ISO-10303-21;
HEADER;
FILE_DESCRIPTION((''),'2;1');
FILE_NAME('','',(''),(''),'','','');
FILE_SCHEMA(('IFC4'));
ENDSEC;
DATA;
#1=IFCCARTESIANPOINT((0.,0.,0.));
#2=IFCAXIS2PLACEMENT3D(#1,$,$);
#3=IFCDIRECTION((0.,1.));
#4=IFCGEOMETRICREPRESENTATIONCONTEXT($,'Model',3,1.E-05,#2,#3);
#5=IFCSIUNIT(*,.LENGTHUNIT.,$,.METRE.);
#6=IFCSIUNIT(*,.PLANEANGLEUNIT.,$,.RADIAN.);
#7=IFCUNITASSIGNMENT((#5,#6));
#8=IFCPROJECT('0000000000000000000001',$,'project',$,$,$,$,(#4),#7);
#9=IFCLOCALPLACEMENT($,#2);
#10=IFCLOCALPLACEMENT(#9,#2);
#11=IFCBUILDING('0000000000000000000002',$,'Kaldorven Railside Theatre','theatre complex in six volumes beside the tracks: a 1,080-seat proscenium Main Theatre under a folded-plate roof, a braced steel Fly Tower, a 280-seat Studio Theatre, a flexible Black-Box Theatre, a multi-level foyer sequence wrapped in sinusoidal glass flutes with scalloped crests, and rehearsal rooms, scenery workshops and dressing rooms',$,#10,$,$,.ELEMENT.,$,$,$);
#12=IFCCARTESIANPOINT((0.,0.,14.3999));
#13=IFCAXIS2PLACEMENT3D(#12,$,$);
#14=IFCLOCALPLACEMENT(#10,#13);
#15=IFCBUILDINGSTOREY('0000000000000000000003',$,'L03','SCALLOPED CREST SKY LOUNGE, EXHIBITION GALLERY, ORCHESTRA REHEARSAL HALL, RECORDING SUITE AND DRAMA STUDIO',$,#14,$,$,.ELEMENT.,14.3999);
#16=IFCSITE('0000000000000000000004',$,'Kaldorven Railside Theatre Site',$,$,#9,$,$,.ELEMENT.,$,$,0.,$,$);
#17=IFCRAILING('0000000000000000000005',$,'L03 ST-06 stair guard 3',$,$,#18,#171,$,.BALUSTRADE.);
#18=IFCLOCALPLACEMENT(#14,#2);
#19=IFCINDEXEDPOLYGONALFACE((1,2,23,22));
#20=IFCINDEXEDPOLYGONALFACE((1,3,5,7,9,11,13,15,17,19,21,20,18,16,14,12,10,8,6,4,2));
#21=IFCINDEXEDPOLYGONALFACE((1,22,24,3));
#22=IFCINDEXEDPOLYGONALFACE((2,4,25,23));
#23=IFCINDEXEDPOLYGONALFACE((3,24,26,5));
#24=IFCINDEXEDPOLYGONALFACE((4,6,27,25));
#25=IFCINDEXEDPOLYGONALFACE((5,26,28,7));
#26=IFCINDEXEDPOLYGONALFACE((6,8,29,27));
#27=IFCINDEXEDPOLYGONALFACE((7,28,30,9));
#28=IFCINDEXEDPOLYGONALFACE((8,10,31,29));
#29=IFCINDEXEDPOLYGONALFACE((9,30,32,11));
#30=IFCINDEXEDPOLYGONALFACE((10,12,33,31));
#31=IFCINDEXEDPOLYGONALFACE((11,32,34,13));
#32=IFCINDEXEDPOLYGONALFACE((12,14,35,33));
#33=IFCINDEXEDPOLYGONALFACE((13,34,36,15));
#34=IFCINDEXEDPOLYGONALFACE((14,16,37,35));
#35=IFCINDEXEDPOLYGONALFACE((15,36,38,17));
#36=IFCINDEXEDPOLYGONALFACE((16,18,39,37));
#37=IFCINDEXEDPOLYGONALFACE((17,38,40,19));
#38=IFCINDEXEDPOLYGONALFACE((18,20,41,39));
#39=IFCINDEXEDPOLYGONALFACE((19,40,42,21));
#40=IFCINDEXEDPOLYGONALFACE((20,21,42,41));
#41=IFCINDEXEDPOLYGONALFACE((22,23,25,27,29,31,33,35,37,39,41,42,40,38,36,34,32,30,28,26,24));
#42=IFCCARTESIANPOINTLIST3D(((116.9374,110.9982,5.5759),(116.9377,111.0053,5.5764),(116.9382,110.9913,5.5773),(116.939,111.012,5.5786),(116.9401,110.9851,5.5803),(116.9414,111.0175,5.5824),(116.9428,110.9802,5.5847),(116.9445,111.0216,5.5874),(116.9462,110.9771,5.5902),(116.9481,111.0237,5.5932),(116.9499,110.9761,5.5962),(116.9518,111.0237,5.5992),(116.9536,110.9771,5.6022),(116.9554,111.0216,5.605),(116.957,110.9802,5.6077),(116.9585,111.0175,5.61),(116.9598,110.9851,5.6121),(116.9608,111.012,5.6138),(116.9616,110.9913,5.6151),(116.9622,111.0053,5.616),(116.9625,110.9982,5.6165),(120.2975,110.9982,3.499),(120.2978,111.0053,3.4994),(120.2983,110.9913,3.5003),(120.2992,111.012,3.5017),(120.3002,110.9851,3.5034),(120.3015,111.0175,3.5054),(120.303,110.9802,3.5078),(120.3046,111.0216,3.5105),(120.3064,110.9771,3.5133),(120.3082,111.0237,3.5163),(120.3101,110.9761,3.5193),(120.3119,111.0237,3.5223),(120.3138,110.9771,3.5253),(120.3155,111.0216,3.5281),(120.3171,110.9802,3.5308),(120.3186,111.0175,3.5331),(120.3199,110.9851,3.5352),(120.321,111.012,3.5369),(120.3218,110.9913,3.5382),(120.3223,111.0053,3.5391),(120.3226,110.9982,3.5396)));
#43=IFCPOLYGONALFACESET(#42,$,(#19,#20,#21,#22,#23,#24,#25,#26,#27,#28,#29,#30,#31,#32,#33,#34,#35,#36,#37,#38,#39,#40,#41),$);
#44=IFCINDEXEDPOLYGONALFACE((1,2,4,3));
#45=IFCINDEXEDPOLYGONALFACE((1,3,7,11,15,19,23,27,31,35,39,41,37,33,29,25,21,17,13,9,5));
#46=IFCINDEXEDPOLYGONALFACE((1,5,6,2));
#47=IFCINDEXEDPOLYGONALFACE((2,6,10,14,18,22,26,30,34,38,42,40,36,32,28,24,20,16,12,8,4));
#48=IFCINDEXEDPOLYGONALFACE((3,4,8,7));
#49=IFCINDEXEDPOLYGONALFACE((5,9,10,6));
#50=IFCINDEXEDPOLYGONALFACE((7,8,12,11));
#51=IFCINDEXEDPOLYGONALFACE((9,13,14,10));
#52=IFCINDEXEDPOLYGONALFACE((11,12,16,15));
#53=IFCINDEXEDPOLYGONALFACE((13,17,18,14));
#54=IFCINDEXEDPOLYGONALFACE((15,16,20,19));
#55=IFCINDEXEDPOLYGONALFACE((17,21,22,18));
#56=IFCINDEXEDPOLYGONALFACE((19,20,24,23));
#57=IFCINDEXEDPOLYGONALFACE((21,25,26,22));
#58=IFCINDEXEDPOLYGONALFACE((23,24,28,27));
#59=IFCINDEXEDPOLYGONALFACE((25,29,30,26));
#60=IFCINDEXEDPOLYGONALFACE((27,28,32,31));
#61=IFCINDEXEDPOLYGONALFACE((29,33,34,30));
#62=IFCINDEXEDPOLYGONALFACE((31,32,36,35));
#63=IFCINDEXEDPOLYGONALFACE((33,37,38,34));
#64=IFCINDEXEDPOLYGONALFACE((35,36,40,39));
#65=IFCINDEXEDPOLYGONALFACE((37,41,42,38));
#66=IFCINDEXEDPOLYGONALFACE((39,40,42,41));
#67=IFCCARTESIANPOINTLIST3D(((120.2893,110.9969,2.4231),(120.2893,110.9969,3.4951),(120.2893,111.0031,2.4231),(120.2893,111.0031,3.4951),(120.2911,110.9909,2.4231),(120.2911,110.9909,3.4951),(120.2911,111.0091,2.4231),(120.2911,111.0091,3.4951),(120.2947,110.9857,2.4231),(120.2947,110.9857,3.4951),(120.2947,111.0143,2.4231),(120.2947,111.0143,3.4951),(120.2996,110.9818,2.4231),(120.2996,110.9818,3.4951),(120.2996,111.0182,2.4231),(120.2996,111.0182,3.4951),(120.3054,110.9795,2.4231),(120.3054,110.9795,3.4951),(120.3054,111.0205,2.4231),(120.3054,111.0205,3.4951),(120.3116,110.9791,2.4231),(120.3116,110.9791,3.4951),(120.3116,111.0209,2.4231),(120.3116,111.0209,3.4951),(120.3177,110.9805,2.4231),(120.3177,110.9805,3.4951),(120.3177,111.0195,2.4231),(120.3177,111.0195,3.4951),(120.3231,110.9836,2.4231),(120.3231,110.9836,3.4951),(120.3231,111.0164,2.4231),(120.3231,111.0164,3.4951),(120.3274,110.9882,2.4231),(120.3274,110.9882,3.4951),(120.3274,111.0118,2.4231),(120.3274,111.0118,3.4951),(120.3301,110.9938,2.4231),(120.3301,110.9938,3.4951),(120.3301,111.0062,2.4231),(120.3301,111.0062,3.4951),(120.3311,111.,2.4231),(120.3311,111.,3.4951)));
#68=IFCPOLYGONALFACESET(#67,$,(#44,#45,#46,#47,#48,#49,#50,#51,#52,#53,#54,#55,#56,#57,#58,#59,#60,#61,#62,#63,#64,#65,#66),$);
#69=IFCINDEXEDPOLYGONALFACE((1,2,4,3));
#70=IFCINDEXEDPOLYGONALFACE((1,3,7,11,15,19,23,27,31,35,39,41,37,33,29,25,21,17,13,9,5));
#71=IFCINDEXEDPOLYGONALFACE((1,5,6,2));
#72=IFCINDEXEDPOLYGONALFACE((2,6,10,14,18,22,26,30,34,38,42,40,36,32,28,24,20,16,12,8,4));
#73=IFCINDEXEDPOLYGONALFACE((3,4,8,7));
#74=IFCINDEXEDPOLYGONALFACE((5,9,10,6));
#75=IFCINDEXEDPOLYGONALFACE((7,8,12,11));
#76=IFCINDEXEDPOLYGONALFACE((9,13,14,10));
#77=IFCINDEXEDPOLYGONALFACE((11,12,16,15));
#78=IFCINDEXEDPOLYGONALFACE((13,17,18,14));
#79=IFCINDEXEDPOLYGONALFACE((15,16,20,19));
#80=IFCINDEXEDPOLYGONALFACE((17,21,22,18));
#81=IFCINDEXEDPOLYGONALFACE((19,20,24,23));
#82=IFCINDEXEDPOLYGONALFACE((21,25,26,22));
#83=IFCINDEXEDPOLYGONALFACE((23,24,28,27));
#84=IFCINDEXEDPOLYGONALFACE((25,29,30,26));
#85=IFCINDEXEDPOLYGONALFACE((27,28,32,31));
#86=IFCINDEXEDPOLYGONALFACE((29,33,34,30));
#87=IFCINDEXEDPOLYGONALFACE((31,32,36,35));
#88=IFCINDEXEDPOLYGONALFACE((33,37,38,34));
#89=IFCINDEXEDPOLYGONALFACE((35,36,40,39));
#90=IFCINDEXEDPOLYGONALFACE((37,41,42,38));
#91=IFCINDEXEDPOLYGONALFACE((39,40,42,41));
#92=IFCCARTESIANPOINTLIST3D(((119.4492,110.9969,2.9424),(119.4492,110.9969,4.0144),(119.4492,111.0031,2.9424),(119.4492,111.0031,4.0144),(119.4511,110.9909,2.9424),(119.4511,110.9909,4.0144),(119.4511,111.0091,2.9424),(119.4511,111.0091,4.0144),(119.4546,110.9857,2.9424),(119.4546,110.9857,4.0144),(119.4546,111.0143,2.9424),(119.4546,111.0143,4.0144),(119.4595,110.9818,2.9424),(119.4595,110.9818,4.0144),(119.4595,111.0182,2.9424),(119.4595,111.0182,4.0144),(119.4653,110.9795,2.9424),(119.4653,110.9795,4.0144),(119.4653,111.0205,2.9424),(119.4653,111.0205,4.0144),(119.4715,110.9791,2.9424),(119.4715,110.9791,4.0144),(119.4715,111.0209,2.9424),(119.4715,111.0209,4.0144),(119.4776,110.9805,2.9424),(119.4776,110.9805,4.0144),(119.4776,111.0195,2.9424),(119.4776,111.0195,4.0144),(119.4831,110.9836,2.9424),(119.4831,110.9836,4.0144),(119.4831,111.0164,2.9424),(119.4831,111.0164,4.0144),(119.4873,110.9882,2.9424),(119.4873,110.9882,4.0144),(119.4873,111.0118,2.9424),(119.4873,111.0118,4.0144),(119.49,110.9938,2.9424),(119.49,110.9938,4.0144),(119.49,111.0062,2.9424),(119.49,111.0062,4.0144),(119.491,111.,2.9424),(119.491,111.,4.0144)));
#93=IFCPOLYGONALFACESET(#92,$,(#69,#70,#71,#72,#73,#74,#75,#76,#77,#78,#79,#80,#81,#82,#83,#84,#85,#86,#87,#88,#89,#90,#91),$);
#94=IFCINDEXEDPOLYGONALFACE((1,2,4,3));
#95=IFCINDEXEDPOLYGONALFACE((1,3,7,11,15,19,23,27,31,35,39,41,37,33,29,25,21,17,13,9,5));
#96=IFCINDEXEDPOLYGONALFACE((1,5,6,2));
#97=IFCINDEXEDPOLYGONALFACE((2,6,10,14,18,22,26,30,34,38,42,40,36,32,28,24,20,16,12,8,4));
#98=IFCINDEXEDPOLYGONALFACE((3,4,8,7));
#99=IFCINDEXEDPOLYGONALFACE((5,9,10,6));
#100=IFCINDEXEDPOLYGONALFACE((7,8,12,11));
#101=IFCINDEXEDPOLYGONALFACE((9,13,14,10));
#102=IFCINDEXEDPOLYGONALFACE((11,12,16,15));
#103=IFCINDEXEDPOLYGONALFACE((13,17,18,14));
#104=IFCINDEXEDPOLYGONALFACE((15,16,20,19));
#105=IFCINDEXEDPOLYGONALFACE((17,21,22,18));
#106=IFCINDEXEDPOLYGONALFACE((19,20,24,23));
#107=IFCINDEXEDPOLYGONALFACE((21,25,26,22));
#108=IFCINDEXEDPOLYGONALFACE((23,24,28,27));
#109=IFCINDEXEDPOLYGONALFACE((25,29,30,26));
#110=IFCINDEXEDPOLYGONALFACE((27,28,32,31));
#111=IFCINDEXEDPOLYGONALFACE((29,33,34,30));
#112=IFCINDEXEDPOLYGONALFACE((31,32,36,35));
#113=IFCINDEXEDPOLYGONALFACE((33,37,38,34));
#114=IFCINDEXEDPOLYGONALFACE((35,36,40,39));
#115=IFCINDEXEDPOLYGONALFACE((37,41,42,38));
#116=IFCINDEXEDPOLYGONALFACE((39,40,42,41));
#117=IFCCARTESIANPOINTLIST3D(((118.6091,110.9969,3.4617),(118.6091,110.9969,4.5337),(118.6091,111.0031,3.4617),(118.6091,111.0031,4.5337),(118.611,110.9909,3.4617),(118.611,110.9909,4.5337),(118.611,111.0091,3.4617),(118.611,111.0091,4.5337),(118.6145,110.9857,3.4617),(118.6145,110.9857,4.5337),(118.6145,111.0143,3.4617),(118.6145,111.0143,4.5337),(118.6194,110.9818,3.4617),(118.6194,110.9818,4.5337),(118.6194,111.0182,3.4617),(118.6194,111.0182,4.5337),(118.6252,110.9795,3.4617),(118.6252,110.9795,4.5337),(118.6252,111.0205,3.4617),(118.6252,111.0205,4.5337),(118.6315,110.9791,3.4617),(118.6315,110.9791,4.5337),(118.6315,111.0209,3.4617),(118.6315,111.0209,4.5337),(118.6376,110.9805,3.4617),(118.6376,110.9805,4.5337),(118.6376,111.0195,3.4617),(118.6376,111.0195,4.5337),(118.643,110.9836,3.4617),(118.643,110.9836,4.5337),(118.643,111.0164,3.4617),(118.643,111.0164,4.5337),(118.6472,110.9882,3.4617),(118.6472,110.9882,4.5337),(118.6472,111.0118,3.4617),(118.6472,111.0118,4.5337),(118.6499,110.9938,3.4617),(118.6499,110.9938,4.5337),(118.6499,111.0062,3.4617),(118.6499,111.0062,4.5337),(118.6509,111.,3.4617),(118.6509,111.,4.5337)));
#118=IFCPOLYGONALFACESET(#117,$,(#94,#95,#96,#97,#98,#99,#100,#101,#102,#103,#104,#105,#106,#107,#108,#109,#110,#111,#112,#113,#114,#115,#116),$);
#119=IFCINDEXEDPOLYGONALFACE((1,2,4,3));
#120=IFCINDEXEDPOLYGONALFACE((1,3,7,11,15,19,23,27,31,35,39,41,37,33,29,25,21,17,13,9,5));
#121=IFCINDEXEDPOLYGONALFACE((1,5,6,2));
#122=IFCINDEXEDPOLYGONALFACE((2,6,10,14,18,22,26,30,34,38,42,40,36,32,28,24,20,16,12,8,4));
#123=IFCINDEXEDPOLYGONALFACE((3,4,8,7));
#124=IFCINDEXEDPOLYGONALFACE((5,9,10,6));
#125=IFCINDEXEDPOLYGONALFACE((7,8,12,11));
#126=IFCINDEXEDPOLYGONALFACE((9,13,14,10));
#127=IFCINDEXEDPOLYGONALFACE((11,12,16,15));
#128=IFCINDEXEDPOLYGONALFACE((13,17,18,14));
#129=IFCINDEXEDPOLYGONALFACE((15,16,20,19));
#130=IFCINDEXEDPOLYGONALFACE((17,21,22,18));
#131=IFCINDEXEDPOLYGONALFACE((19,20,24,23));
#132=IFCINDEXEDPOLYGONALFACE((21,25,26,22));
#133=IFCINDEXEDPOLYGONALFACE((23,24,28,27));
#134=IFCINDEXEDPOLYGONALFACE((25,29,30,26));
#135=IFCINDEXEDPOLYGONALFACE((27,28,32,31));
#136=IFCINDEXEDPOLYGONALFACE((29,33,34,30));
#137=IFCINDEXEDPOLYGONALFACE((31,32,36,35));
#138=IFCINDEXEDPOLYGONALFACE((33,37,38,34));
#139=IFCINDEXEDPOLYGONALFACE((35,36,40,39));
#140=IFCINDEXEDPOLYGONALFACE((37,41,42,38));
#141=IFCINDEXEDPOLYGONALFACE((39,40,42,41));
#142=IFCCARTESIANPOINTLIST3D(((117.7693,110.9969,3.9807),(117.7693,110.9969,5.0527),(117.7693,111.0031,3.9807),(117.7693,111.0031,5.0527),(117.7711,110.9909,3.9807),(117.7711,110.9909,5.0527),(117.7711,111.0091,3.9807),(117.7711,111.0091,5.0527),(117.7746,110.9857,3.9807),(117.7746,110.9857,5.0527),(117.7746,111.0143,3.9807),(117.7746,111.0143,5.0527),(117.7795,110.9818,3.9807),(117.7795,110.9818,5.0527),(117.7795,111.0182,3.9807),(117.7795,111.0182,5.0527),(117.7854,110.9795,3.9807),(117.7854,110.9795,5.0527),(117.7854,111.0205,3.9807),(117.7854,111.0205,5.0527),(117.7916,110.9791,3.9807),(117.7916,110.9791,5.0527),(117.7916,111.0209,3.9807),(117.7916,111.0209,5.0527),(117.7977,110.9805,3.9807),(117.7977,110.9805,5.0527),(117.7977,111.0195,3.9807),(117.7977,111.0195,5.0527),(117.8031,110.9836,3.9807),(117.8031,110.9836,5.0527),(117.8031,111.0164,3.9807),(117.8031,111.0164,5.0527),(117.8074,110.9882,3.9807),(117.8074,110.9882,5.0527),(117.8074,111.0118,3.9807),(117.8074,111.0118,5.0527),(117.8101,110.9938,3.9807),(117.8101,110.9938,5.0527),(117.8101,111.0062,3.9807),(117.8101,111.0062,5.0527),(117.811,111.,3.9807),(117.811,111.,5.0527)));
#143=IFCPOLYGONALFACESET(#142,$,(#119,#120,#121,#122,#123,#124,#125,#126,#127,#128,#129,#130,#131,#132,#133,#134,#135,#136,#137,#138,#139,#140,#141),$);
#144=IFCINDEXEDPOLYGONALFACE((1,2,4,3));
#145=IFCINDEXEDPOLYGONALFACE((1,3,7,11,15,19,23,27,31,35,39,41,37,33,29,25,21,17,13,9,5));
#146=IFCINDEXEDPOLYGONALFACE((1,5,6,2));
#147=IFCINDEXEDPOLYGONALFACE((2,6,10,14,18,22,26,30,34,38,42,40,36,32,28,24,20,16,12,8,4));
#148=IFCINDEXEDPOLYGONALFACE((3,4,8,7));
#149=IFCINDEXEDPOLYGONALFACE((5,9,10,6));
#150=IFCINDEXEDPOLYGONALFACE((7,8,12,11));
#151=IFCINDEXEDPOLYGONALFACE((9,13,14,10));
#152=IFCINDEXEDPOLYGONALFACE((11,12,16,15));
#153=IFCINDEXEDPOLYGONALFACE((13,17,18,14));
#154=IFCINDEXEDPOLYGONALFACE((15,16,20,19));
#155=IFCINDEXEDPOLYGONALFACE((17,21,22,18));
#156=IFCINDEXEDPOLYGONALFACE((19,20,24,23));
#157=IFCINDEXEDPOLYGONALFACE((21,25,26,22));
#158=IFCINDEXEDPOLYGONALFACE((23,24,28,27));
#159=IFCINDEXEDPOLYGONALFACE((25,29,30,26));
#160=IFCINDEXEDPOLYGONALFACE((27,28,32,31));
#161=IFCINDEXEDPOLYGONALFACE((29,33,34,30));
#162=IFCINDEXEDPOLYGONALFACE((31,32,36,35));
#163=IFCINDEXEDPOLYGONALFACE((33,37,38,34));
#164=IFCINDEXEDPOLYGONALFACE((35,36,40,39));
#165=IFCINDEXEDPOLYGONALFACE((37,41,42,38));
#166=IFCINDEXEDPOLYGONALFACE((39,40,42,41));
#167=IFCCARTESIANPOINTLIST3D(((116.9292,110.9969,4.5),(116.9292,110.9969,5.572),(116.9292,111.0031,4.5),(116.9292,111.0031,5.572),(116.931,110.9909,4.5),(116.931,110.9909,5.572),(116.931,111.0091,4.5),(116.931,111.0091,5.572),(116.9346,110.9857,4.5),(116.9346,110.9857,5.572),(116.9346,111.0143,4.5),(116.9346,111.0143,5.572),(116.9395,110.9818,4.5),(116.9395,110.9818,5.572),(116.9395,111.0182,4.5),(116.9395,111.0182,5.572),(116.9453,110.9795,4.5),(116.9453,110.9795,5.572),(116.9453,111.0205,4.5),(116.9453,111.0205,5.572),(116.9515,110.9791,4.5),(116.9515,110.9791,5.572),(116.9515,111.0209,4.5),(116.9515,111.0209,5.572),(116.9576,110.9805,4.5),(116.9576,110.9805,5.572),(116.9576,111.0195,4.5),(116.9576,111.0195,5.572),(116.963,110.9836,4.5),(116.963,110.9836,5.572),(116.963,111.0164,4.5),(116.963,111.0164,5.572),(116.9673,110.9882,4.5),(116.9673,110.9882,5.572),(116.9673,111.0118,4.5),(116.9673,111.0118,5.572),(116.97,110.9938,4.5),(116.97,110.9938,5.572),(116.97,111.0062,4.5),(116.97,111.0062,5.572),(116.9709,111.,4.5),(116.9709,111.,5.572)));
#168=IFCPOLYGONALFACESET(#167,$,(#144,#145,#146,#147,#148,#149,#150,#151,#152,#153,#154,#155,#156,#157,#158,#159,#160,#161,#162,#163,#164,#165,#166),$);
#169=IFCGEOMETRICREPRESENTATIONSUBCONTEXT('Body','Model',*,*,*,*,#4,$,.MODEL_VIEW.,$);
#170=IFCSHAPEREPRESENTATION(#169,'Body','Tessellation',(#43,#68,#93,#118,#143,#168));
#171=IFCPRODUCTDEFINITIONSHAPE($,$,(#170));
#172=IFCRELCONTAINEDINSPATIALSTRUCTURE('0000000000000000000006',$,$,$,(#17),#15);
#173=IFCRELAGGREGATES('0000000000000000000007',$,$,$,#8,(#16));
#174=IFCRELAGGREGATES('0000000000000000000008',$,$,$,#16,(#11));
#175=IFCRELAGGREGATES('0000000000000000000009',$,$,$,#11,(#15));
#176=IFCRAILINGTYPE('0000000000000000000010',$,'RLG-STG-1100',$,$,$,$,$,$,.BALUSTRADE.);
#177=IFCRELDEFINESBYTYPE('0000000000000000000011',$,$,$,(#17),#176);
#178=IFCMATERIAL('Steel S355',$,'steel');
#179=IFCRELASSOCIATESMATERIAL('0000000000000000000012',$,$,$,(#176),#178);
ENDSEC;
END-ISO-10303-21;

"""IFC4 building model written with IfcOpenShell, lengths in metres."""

from ifc_helpers import new_model, si_unit, direction, frame, origin, origin_2d, place, context, subcontext, project, spatial, circle, extrude, material, type_object, element, save


model = new_model("IFC4")

# Units and contexts
model_context = context("Model", 3, precision=1e-05, world=origin(), true_north=direction((0.0, 1.0)))
body_context = subcontext(model_context, "Body", "Model", "MODEL_VIEW")
ifc_project = project(units=[si_unit("LENGTHUNIT", "METRE"), si_unit("PLANEANGLEUNIT", "RADIAN")], contexts=[model_context])

# Site, building, storey
site_placement = place(None, origin())
site = spatial("IfcSite", under=ifc_project, at=site_placement, Name="Kaldorven Railside Theatre Site", CompositionType="ELEMENT", RefElevation=0.0)
building_placement = place(site_placement, origin())
building = spatial("IfcBuilding", under=site, at=building_placement, Name="Kaldorven Railside Theatre", Description="theatre complex in six volumes beside the tracks: a 1,080-seat proscenium Main Theatre under a folded-plate roof, a braced steel Fly Tower, a 280-seat Studio Theatre, a flexible Black-Box Theatre, a multi-level foyer sequence wrapped in sinusoidal glass flutes with scalloped crests, and rehearsal rooms, scenery workshops and dressing rooms", CompositionType="ELEMENT")
storey_placement = place(building_placement, frame((0.0, 0.0, 14.3999)))
storey = spatial("IfcBuildingStorey", under=building, at=storey_placement, Name="L03", Description="SCALLOPED CREST SKY LOUNGE, EXHIBITION GALLERY, ORCHESTRA REHEARSAL HALL, RECORDING SUITE AND DRAMA STUDIO", CompositionType="ELEMENT", Elevation=14.3999)

# Shared definitions
ifc_material_1 = material(Name="Steel S355", Category="steel")

# Railing
railing_type_1 = type_object("IfcRailingType", Name="RLG-STG-1100", PredefinedType="BALUSTRADE", material=ifc_material_1)
railing_1_placement = place(storey_placement, frame((120.3101, 111.0, 2.4231)))
element("IfcRailing", 1, at=railing_1_placement, inside=storey, type_object=railing_type_1, Name="L03 ST-06 stair guard 3", PredefinedType="BALUSTRADE", context=body_context, shape_type="SweptSolid", body=[
    extrude(circle(Radius=0.0239, at=origin_2d()), frame((0.0, 0.0, 1.0962), z_axis=(-0.850623, 0.0, 0.525776), x_axis=(0.0, -1.0, 0.0)), (0.0, 0.0, 1.0), 3.9502),
    extrude(circle(Radius=0.021, at=origin_2d()), origin(), (0.0, 0.0, 1.0), 1.072),
    extrude(circle(Radius=0.021, at=origin_2d()), frame((-0.8401, 0.0, 0.5193)), (0.0, 0.0, 1.0), 1.072),
    extrude(circle(Radius=0.021, at=origin_2d()), frame((-1.6802, 0.0, 1.0386)), (0.0, 0.0, 1.0), 1.072),
    extrude(circle(Radius=0.021, at=origin_2d()), frame((-2.52, 0.0, 1.5576)), (0.0, 0.0, 1.0), 1.072),
    extrude(circle(Radius=0.021, at=origin_2d()), frame((-3.3601, 0.0, 2.0769)), (0.0, 0.0, 1.0), 1.072),
])

save(model, "model.ifc")
